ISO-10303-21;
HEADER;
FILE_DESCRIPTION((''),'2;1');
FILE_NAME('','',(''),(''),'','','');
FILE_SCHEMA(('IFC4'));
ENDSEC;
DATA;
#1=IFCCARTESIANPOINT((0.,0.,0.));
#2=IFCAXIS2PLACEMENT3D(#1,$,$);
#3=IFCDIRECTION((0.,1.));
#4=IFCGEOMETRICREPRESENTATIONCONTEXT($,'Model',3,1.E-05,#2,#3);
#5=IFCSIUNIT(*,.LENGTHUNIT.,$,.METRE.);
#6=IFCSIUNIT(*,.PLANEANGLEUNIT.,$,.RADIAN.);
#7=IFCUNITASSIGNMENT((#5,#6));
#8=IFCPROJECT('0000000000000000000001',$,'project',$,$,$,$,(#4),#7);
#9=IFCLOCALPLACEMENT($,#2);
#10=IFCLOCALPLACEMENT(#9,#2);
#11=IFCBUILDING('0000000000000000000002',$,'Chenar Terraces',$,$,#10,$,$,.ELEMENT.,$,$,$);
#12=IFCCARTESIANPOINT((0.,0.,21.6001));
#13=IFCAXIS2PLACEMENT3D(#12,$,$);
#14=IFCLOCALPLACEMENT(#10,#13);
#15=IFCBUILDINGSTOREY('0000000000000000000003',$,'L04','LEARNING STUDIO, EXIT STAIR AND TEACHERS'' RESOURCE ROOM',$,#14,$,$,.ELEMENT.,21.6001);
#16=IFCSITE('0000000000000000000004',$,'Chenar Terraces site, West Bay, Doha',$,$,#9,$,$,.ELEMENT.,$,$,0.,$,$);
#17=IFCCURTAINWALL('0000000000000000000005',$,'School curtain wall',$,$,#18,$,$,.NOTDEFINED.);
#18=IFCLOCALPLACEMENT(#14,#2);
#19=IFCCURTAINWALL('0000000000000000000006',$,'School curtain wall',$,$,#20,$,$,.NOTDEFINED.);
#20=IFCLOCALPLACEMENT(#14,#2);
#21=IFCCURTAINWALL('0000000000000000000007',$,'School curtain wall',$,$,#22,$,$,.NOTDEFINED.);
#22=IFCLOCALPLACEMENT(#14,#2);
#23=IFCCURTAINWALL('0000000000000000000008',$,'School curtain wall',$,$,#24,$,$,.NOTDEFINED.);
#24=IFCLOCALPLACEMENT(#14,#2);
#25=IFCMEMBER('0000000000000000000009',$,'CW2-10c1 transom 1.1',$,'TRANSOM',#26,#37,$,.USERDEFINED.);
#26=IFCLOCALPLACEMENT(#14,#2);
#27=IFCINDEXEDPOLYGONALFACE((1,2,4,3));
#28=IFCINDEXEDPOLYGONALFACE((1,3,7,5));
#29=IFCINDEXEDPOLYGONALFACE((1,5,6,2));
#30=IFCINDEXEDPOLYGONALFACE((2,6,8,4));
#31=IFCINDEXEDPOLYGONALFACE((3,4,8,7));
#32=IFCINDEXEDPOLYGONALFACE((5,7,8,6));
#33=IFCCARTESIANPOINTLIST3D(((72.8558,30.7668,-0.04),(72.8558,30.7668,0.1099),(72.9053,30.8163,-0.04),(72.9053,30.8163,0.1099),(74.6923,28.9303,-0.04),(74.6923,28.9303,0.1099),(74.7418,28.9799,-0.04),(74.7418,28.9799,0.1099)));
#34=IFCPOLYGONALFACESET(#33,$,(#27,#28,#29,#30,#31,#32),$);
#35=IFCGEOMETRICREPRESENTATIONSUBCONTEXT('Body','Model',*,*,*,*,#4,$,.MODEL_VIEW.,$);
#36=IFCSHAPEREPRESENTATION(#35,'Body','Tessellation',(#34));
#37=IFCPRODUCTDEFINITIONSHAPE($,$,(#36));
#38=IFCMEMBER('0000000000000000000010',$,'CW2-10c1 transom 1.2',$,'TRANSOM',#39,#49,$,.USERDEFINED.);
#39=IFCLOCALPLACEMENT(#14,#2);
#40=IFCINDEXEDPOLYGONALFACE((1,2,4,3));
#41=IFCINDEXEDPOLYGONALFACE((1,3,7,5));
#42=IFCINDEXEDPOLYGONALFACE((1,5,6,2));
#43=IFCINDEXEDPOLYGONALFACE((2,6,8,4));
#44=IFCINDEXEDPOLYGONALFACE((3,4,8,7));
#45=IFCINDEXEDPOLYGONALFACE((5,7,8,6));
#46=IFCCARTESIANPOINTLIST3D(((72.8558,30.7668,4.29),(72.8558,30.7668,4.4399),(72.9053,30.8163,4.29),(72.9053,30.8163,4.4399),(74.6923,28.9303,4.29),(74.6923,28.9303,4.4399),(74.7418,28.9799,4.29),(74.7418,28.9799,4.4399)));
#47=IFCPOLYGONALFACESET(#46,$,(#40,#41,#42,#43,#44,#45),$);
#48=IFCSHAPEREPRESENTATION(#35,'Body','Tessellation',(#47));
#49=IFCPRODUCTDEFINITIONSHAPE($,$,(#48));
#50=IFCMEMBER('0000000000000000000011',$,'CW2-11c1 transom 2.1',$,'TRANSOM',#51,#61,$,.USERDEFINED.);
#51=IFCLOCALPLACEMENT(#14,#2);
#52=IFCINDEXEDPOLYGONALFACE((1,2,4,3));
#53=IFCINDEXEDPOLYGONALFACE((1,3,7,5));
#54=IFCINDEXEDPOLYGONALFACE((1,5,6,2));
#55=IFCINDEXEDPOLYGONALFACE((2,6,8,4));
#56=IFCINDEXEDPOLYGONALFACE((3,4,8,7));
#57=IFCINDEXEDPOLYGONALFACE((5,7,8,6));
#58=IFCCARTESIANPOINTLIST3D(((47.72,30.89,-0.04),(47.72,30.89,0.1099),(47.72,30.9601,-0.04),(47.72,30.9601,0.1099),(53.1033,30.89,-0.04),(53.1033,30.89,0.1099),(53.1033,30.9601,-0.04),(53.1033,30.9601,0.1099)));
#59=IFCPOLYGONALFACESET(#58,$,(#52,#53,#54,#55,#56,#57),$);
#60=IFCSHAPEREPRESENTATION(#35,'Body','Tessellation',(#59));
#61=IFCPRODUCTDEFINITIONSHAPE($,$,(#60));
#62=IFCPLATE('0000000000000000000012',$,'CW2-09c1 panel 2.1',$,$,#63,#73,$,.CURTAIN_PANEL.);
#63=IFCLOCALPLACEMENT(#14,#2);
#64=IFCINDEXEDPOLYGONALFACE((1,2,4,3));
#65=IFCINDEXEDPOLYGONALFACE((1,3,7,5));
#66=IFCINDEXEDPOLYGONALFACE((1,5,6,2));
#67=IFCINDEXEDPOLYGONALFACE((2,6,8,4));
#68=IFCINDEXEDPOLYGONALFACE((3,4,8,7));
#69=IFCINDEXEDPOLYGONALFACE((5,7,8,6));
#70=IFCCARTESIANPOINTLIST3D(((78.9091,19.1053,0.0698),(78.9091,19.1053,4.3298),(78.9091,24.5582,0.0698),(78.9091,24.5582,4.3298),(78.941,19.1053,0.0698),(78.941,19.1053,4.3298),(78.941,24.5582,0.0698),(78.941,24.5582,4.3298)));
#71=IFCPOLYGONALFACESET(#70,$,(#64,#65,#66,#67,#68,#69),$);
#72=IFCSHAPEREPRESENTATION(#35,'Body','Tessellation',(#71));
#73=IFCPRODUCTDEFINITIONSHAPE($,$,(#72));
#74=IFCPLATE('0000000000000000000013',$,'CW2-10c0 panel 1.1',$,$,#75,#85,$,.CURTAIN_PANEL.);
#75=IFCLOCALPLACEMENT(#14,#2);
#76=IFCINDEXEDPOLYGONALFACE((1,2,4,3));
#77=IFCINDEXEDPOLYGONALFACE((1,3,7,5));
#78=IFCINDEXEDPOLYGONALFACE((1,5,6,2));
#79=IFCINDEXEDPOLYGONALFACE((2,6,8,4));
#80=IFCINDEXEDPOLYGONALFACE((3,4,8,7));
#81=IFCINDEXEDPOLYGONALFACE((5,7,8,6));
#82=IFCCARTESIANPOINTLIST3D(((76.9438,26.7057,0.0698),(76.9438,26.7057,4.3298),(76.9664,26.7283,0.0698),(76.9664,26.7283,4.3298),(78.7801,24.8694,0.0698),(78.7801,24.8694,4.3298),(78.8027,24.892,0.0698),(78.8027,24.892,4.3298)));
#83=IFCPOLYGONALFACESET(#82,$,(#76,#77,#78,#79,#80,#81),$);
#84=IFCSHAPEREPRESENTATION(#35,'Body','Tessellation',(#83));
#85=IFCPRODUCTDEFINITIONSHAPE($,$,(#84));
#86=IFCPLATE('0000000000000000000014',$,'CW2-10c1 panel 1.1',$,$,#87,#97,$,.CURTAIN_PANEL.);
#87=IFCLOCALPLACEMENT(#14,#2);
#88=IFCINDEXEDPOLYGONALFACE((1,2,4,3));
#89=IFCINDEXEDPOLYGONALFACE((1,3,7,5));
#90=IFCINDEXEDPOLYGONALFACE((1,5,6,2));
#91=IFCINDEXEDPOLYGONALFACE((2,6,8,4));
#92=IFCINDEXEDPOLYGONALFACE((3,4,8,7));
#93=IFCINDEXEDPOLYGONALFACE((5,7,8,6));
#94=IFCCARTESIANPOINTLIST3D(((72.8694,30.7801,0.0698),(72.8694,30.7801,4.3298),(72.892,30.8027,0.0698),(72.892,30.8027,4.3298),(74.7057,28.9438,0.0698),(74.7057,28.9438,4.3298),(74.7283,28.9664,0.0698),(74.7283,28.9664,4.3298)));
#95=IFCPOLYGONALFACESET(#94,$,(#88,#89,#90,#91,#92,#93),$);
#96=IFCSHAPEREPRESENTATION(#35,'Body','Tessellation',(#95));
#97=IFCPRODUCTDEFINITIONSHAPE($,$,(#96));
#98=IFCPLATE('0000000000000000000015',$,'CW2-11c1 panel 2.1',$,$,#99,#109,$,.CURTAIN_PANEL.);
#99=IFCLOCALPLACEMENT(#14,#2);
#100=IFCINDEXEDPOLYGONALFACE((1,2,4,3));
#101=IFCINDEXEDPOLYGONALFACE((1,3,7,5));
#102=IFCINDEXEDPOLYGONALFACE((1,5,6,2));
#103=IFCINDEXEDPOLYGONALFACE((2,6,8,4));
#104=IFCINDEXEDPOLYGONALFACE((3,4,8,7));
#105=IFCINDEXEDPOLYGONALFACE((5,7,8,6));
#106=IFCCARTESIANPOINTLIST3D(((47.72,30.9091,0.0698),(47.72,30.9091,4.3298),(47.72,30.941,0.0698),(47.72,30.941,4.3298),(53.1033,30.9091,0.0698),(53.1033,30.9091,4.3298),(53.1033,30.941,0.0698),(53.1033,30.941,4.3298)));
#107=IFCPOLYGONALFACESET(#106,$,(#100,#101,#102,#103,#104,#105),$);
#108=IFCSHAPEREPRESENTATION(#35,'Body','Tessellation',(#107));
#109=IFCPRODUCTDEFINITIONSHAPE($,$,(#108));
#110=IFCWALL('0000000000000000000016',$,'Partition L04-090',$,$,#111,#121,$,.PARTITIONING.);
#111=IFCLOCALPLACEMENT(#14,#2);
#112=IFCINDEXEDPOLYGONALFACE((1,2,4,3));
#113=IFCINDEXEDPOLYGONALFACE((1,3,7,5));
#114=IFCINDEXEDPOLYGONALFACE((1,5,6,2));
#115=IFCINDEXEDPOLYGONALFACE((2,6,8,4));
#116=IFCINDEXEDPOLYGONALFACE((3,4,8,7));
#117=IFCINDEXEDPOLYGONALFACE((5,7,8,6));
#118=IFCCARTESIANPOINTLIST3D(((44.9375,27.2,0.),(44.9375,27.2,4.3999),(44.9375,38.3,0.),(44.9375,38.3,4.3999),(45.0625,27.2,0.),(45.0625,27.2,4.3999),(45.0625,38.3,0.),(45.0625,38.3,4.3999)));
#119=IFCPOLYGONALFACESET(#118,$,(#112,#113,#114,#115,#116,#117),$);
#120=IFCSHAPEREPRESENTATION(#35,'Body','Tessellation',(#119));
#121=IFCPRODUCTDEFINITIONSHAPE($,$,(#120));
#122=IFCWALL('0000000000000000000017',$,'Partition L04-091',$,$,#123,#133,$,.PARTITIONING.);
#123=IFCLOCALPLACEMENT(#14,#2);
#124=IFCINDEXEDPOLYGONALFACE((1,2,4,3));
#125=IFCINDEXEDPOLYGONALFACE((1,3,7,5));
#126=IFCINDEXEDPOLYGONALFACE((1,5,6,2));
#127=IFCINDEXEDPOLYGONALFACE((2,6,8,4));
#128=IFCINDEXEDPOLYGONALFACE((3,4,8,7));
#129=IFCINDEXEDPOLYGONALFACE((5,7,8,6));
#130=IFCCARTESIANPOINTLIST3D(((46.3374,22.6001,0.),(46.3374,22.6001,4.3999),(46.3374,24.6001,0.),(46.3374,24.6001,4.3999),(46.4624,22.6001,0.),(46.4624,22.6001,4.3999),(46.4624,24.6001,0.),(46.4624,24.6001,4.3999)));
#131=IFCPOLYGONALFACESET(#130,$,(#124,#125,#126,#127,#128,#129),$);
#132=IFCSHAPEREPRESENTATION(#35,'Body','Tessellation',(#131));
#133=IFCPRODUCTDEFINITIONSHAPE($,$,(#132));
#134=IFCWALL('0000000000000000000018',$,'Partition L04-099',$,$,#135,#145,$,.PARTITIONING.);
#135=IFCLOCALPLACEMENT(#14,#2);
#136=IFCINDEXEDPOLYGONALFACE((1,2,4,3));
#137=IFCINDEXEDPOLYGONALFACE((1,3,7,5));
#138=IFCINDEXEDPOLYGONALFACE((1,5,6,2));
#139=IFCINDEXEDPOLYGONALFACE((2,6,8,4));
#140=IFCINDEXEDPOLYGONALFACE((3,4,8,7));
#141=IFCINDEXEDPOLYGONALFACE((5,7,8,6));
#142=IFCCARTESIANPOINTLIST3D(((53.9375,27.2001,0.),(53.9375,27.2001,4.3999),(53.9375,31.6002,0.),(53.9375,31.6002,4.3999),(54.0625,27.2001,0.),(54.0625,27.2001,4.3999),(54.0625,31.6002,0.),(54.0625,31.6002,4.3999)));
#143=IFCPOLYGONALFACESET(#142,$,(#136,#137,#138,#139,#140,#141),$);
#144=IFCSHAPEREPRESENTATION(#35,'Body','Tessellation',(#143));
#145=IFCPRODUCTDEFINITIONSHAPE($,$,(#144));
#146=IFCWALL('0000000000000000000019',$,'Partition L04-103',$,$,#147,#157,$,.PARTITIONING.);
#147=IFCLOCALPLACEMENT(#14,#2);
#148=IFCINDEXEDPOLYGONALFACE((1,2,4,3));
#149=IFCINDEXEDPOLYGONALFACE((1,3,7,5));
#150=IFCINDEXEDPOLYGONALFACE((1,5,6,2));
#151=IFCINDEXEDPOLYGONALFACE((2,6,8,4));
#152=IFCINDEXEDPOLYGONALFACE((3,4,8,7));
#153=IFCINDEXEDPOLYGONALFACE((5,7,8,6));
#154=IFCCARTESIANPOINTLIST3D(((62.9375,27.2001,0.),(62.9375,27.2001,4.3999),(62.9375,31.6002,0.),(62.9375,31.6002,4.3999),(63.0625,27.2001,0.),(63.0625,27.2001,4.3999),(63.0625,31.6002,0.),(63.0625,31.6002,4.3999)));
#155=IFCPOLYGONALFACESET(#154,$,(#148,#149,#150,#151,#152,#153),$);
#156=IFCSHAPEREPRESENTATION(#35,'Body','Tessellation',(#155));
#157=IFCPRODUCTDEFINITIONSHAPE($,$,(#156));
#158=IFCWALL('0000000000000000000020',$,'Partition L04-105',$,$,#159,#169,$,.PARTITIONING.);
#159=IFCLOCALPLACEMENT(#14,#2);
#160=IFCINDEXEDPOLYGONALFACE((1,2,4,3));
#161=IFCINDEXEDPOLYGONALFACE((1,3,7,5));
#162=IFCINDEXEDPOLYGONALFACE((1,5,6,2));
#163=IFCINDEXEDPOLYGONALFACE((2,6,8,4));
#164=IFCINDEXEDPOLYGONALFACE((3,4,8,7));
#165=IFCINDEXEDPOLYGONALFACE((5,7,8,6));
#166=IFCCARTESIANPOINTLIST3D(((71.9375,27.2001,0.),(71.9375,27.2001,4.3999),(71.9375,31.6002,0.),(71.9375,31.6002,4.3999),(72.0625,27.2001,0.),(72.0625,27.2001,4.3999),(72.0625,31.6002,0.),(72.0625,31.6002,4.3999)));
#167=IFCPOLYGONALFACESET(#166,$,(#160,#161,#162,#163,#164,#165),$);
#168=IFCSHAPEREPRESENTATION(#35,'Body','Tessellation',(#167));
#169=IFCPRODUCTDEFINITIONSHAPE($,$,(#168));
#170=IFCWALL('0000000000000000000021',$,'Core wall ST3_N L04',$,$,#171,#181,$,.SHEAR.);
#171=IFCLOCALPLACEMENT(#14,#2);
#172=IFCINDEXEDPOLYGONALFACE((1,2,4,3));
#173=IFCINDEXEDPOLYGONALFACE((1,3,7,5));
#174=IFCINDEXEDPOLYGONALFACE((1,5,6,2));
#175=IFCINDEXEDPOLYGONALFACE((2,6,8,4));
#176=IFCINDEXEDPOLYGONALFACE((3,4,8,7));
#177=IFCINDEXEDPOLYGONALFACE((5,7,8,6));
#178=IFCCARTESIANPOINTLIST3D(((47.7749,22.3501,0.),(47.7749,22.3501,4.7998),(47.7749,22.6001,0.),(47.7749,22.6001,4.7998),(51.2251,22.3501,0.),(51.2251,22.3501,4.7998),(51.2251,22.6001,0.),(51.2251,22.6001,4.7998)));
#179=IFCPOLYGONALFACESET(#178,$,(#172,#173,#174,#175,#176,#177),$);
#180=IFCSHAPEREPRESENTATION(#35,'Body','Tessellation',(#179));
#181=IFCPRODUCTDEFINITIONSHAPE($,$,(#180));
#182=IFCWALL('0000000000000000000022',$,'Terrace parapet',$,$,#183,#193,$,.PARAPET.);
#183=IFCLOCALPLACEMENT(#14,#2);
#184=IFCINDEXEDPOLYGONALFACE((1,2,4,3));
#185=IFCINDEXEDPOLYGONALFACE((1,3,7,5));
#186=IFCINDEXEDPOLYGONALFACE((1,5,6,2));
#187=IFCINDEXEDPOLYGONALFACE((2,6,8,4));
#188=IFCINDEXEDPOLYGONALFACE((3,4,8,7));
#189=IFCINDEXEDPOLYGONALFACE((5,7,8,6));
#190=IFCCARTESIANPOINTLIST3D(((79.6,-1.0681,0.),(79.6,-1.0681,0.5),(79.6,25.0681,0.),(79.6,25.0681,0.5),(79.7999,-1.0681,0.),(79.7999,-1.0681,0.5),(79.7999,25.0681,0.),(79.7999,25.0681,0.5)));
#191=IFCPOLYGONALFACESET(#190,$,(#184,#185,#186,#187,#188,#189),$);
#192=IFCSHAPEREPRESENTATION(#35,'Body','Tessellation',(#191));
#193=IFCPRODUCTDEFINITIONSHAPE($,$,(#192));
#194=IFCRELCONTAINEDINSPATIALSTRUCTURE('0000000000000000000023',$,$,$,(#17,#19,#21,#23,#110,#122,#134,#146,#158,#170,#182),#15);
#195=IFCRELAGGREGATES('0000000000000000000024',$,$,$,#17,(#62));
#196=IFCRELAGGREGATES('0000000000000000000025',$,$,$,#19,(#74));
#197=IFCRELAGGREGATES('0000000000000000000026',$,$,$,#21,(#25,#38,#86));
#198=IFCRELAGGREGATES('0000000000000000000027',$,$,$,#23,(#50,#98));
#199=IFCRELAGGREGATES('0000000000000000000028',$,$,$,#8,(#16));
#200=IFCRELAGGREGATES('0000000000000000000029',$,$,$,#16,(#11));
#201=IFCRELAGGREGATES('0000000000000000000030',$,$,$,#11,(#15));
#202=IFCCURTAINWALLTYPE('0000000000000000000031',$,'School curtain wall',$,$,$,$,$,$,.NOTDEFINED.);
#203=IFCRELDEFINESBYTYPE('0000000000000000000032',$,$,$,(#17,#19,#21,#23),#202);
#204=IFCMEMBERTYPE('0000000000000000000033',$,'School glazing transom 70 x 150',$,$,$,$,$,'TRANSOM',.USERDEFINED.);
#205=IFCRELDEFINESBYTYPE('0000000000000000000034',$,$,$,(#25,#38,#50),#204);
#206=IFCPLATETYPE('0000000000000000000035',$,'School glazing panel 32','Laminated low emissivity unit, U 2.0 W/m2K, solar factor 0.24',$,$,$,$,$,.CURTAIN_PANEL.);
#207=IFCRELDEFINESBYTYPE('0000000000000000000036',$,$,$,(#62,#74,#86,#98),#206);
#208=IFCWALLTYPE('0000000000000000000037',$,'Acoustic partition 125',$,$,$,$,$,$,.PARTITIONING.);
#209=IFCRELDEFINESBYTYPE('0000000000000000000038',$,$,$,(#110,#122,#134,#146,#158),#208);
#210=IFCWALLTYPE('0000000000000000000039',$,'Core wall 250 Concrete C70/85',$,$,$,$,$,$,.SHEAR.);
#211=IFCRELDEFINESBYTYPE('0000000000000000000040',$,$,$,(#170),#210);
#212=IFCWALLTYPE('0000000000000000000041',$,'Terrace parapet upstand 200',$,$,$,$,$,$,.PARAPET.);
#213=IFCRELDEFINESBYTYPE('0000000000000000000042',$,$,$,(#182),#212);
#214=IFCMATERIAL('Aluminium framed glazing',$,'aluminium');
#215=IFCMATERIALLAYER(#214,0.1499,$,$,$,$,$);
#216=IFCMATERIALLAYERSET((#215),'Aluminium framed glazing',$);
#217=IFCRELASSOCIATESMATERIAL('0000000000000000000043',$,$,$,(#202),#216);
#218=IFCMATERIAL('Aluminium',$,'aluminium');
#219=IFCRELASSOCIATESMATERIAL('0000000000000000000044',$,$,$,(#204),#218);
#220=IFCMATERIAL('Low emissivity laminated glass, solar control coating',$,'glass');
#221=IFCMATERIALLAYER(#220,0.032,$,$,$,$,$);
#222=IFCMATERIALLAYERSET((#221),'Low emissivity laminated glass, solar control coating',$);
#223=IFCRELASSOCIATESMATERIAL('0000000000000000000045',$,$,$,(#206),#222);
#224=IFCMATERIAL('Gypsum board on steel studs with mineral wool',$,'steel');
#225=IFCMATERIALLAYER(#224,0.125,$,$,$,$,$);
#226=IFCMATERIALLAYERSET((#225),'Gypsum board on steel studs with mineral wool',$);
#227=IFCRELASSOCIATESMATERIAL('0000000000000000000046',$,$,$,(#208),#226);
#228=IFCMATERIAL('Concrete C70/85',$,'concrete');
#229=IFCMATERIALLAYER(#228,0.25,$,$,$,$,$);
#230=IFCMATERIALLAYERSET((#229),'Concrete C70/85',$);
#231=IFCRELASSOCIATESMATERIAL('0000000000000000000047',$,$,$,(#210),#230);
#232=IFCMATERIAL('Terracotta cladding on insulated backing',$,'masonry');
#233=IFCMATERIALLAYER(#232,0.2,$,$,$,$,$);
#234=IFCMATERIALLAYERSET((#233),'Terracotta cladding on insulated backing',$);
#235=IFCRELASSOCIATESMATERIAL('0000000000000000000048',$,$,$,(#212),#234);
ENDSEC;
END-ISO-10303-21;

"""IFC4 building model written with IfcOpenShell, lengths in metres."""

from ifc_helpers import new_model, si_unit, direction, frame, frame_2d, origin, origin_2d, place, context, subcontext, project, spatial, rectangle, extrude, material, layer, layer_set, material_profile, profile_set, type_object, element, aggregate, save


model = new_model("IFC4")

# Units and contexts
model_context = context("Model", 3, precision=1e-05, world=origin(), true_north=direction((0.0, 1.0)))
body_context = subcontext(model_context, "Body", "Model", "MODEL_VIEW")
ifc_project = project(units=[si_unit("LENGTHUNIT", "METRE"), si_unit("PLANEANGLEUNIT", "RADIAN")], contexts=[model_context])

# Site, building, storey
site_placement = place(None, origin())
site = spatial("IfcSite", under=ifc_project, at=site_placement, Name="Chenar Terraces site, West Bay, Doha", CompositionType="ELEMENT", RefElevation=0.0)
building_placement = place(site_placement, origin())
building = spatial("IfcBuilding", under=site, at=building_placement, Name="Chenar Terraces", CompositionType="ELEMENT")
storey_placement = place(building_placement, frame((0.0, 0.0, 21.6001)))
storey = spatial("IfcBuildingStorey", under=building, at=storey_placement, Name="L04", Description="LEARNING STUDIO, EXIT STAIR AND TEACHERS' RESOURCE ROOM", CompositionType="ELEMENT", Elevation=21.6001)

# Curtain walls
ifc_material_1 = material(Name="Aluminium framed glazing", Category="aluminium")
ifc_layer_1 = layer(ifc_material_1, 0.1499)
ifc_layer_set_1 = layer_set([ifc_layer_1], Name="Aluminium framed glazing")
curtain_wall_type = type_object("IfcCurtainWallType", Name="School curtain wall", PredefinedType="NOTDEFINED", material=ifc_layer_set_1)
placement = place(storey_placement, origin())
curtain_wall_1 = element("IfcCurtainWall", 1, at=placement, inside=storey, type_object=curtain_wall_type, Name="School curtain wall", PredefinedType="NOTDEFINED")
curtain_wall_2 = element("IfcCurtainWall", 2, at=placement, inside=storey, type_object=curtain_wall_type, Name="School curtain wall", PredefinedType="NOTDEFINED")
curtain_wall_3 = element("IfcCurtainWall", 3, at=placement, inside=storey, type_object=curtain_wall_type, Name="School curtain wall", PredefinedType="NOTDEFINED")

# Curtain wall
curtain_wall_4 = element("IfcCurtainWall", 4, at=placement, inside=storey, type_object=curtain_wall_type, Name="School curtain wall", PredefinedType="NOTDEFINED")

# Members
ifc_material_2 = material(Name="Aluminium", Category="aluminium")
ifc_material_profile_1 = material_profile(ifc_material_2, rectangle(XDim=0.0701, YDim=0.1499, at=origin_2d()), Name="School glazing transom 70 x 150")
ifc_profile_set_1 = profile_set([ifc_material_profile_1], Name="Aluminium")
member_type_1 = type_object("IfcMemberType", Name="School glazing transom 70 x 150", ElementType="TRANSOM", PredefinedType="USERDEFINED", material=ifc_profile_set_1)
member_1_placement = place(storey_placement, frame((74.717, 28.9551, 0.0349), z_axis=(-0.707107, 0.707107, 0.0), x_axis=(-0.707107, -0.707107, 0.0)))
member_1 = element("IfcMember", 5, at=member_1_placement, type_object=member_type_1, Name="CW2-10c1 transom 1.1", ObjectType="TRANSOM", PredefinedType="USERDEFINED", context=body_context, shape_type="SweptSolid", body=[
    extrude(rectangle(XDim=0.0701, YDim=0.1499, at=origin_2d()), origin(), (0.0, 0.0, 1.0), 2.5972),
])
member_2_placement = place(storey_placement, frame((74.717, 28.9551, 4.365), z_axis=(-0.707107, 0.707107, 0.0), x_axis=(-0.707107, -0.707107, 0.0)))
member_2 = element("IfcMember", 6, at=member_2_placement, type_object=member_type_1, Name="CW2-10c1 transom 1.2", ObjectType="TRANSOM", PredefinedType="USERDEFINED", context=body_context, shape_type="SweptSolid", body=[
    extrude(rectangle(XDim=0.0701, YDim=0.1499, at=origin_2d()), origin(), (0.0, 0.0, 1.0), 2.5972),
])
member_3_placement = place(storey_placement, frame((53.1033, 30.925, 0.0349), z_axis=(-1.0, 0.0, 0.0), x_axis=(0.0, -1.0, 0.0)))
member_3 = element("IfcMember", 7, at=member_3_placement, type_object=member_type_1, Name="CW2-11c1 transom 2.1", ObjectType="TRANSOM", PredefinedType="USERDEFINED", context=body_context, shape_type="SweptSolid", body=[
    extrude(rectangle(XDim=0.0701, YDim=0.1499, at=origin_2d()), origin(), (0.0, 0.0, 1.0), 5.3833),
])

# Plates
ifc_material_3 = material(Name="Low emissivity laminated glass, solar control coating", Category="glass")
ifc_layer_2 = layer(ifc_material_3, 0.032)
ifc_layer_set_2 = layer_set([ifc_layer_2], Name="Low emissivity laminated glass, solar control coating")
plate_type = type_object("IfcPlateType", Name="School glazing panel 32", Description="Laminated low emissivity unit, U 2.0 W/m2K, solar factor 0.24", PredefinedType="CURTAIN_PANEL", material=ifc_layer_set_2)
plate_1_placement = place(storey_placement, frame((78.925, 21.8318, 0.0698), z_axis=(0.0, 0.0, 1.0), x_axis=(0.0, 1.0, 0.0)))
plate_1 = element("IfcPlate", 8, at=plate_1_placement, type_object=plate_type, Name="CW2-09c1 panel 2.1", PredefinedType="CURTAIN_PANEL", context=body_context, shape_type="SweptSolid", body=[
    extrude(rectangle(XDim=5.4529, YDim=0.032, at=origin_2d()), origin(), (0.0, 0.0, 1.0), 4.26),
])
aggregate(curtain_wall_1, [plate_1])
plate_2_placement = place(storey_placement, frame((77.8733, 25.7988, 0.0698), z_axis=(0.0, 0.0, 1.0), x_axis=(-0.707107, 0.707107, 0.0)))
plate_2 = element("IfcPlate", 9, at=plate_2_placement, type_object=plate_type, Name="CW2-10c0 panel 1.1", PredefinedType="CURTAIN_PANEL", context=body_context, shape_type="SweptSolid", body=[
    extrude(rectangle(XDim=2.5969, YDim=0.032, at=origin_2d()), origin(), (0.0, 0.0, 1.0), 4.26),
])
aggregate(curtain_wall_2, [plate_2])
plate_3_placement = place(storey_placement, frame((73.7988, 29.8733, 0.0698), z_axis=(0.0, 0.0, 1.0), x_axis=(-0.707107, 0.707107, 0.0)))
plate_3 = element("IfcPlate", 10, at=plate_3_placement, type_object=plate_type, Name="CW2-10c1 panel 1.1", PredefinedType="CURTAIN_PANEL", context=body_context, shape_type="SweptSolid", body=[
    extrude(rectangle(XDim=2.5969, YDim=0.032, at=origin_2d()), origin(), (0.0, 0.0, 1.0), 4.26),
])
aggregate(curtain_wall_3, [member_1, member_2, plate_3])
plate_4_placement = place(storey_placement, frame((50.4116, 30.925, 0.0698), z_axis=(0.0, 0.0, 1.0), x_axis=(-1.0, 0.0, 0.0)))
plate_4 = element("IfcPlate", 11, at=plate_4_placement, type_object=plate_type, Name="CW2-11c1 panel 2.1", PredefinedType="CURTAIN_PANEL", context=body_context, shape_type="SweptSolid", body=[
    extrude(rectangle(XDim=5.3833, YDim=0.032, at=origin_2d()), origin(), (0.0, 0.0, 1.0), 4.26),
])
aggregate(curtain_wall_4, [member_3, plate_4])

# Walls
ifc_material_4 = material(Name="Gypsum board on steel studs with mineral wool", Category="steel")
ifc_layer_3 = layer(ifc_material_4, 0.125)
ifc_layer_set_3 = layer_set([ifc_layer_3], Name="Gypsum board on steel studs with mineral wool")
wall_type_1 = type_object("IfcWallType", Name="Acoustic partition 125", PredefinedType="PARTITIONING", material=ifc_layer_set_3)
wall_1_placement = place(storey_placement, frame((45.0, 27.2, 0.0), z_axis=(0.0, 0.0, 1.0), x_axis=(0.0, 1.0, 0.0)))
element("IfcWall", 12, at=wall_1_placement, inside=storey, type_object=wall_type_1, Name="Partition L04-090", PredefinedType="PARTITIONING", context=body_context, shape_type="SweptSolid", body=[
    extrude(rectangle(XDim=11.1001, YDim=0.125, at=frame_2d((5.55, 0.0))), origin(), (0.0, 0.0, 1.0), 4.3999),
])
wall_2_placement = place(storey_placement, frame((46.3999, 22.6001, 0.0), z_axis=(0.0, 0.0, 1.0), x_axis=(0.0, 1.0, 0.0)))
element("IfcWall", 13, at=wall_2_placement, inside=storey, type_object=wall_type_1, Name="Partition L04-091", PredefinedType="PARTITIONING", context=body_context, shape_type="SweptSolid", body=[
    extrude(rectangle(XDim=2.0, YDim=0.125, at=frame_2d((1.0, 0.0))), origin(), (0.0, 0.0, 1.0), 4.3999),
])
for number, where, z_axis, x_axis, name in (
    (14, (54.0, 27.2, 0.0), (0.0, 0.0, 1.0), (0.0, 1.0, 0.0), "Partition L04-099"),
    (15, (63.0, 27.2, 0.0), (0.0, 0.0, 1.0), (0.0, 1.0, 0.0), "Partition L04-103"),
    (16, (72.0, 27.2, 0.0), (0.0, 0.0, 1.0), (0.0, 1.0, 0.0), "Partition L04-105"),
):
    element("IfcWall", number, at=place(storey_placement, frame(where, z_axis=z_axis, x_axis=x_axis)), inside=storey, type_object=wall_type_1, Name=name, PredefinedType="PARTITIONING", context=body_context, shape_type="SweptSolid", body=[
        extrude(rectangle(XDim=4.4001, YDim=0.125, at=frame_2d((2.2002, 0.0))), origin(), (0.0, 0.0, 1.0), 4.3999),
    ])
ifc_material_5 = material(Name="Concrete C70/85", Category="concrete")
ifc_layer_4 = layer(ifc_material_5, 0.25)
ifc_layer_set_4 = layer_set([ifc_layer_4], Name="Concrete C70/85")
wall_type_2 = type_object("IfcWallType", Name="Core wall 250 Concrete C70/85", PredefinedType="SHEAR", material=ifc_layer_set_4)
wall_3_placement = place(storey_placement, frame((47.7749, 22.4751, 0.0), z_axis=(0.0, 0.0, 1.0), x_axis=(1.0, 0.0, 0.0)))
element("IfcWall", 17, at=wall_3_placement, inside=storey, type_object=wall_type_2, Name="Core wall ST3_N L04", PredefinedType="SHEAR", context=body_context, shape_type="SweptSolid", body=[
    extrude(rectangle(XDim=3.4502, YDim=0.25, at=frame_2d((1.7251, 0.0))), origin(), (0.0, 0.0, 1.0), 4.7998),
])

# Wall
ifc_material_6 = material(Name="Terracotta cladding on insulated backing", Category="masonry")
ifc_layer_5 = layer(ifc_material_6, 0.2)
ifc_layer_set_5 = layer_set([ifc_layer_5], Name="Terracotta cladding on insulated backing")
wall_type_3 = type_object("IfcWallType", Name="Terrace parapet upstand 200", PredefinedType="PARAPET", material=ifc_layer_set_5)
wall_4_placement = place(storey_placement, frame((79.7, 25.0681, 0.0), z_axis=(0.0, 0.0, 1.0), x_axis=(0.0, -1.0, 0.0)))
element("IfcWall", 18, at=wall_4_placement, inside=storey, type_object=wall_type_3, Name="Terrace parapet", PredefinedType="PARAPET", context=body_context, shape_type="SweptSolid", body=[
    extrude(rectangle(XDim=26.1362, YDim=0.2, at=frame_2d((13.0681, 0.0))), origin(), (0.0, 0.0, 1.0), 0.5),
])

save(model, "model.ifc")
